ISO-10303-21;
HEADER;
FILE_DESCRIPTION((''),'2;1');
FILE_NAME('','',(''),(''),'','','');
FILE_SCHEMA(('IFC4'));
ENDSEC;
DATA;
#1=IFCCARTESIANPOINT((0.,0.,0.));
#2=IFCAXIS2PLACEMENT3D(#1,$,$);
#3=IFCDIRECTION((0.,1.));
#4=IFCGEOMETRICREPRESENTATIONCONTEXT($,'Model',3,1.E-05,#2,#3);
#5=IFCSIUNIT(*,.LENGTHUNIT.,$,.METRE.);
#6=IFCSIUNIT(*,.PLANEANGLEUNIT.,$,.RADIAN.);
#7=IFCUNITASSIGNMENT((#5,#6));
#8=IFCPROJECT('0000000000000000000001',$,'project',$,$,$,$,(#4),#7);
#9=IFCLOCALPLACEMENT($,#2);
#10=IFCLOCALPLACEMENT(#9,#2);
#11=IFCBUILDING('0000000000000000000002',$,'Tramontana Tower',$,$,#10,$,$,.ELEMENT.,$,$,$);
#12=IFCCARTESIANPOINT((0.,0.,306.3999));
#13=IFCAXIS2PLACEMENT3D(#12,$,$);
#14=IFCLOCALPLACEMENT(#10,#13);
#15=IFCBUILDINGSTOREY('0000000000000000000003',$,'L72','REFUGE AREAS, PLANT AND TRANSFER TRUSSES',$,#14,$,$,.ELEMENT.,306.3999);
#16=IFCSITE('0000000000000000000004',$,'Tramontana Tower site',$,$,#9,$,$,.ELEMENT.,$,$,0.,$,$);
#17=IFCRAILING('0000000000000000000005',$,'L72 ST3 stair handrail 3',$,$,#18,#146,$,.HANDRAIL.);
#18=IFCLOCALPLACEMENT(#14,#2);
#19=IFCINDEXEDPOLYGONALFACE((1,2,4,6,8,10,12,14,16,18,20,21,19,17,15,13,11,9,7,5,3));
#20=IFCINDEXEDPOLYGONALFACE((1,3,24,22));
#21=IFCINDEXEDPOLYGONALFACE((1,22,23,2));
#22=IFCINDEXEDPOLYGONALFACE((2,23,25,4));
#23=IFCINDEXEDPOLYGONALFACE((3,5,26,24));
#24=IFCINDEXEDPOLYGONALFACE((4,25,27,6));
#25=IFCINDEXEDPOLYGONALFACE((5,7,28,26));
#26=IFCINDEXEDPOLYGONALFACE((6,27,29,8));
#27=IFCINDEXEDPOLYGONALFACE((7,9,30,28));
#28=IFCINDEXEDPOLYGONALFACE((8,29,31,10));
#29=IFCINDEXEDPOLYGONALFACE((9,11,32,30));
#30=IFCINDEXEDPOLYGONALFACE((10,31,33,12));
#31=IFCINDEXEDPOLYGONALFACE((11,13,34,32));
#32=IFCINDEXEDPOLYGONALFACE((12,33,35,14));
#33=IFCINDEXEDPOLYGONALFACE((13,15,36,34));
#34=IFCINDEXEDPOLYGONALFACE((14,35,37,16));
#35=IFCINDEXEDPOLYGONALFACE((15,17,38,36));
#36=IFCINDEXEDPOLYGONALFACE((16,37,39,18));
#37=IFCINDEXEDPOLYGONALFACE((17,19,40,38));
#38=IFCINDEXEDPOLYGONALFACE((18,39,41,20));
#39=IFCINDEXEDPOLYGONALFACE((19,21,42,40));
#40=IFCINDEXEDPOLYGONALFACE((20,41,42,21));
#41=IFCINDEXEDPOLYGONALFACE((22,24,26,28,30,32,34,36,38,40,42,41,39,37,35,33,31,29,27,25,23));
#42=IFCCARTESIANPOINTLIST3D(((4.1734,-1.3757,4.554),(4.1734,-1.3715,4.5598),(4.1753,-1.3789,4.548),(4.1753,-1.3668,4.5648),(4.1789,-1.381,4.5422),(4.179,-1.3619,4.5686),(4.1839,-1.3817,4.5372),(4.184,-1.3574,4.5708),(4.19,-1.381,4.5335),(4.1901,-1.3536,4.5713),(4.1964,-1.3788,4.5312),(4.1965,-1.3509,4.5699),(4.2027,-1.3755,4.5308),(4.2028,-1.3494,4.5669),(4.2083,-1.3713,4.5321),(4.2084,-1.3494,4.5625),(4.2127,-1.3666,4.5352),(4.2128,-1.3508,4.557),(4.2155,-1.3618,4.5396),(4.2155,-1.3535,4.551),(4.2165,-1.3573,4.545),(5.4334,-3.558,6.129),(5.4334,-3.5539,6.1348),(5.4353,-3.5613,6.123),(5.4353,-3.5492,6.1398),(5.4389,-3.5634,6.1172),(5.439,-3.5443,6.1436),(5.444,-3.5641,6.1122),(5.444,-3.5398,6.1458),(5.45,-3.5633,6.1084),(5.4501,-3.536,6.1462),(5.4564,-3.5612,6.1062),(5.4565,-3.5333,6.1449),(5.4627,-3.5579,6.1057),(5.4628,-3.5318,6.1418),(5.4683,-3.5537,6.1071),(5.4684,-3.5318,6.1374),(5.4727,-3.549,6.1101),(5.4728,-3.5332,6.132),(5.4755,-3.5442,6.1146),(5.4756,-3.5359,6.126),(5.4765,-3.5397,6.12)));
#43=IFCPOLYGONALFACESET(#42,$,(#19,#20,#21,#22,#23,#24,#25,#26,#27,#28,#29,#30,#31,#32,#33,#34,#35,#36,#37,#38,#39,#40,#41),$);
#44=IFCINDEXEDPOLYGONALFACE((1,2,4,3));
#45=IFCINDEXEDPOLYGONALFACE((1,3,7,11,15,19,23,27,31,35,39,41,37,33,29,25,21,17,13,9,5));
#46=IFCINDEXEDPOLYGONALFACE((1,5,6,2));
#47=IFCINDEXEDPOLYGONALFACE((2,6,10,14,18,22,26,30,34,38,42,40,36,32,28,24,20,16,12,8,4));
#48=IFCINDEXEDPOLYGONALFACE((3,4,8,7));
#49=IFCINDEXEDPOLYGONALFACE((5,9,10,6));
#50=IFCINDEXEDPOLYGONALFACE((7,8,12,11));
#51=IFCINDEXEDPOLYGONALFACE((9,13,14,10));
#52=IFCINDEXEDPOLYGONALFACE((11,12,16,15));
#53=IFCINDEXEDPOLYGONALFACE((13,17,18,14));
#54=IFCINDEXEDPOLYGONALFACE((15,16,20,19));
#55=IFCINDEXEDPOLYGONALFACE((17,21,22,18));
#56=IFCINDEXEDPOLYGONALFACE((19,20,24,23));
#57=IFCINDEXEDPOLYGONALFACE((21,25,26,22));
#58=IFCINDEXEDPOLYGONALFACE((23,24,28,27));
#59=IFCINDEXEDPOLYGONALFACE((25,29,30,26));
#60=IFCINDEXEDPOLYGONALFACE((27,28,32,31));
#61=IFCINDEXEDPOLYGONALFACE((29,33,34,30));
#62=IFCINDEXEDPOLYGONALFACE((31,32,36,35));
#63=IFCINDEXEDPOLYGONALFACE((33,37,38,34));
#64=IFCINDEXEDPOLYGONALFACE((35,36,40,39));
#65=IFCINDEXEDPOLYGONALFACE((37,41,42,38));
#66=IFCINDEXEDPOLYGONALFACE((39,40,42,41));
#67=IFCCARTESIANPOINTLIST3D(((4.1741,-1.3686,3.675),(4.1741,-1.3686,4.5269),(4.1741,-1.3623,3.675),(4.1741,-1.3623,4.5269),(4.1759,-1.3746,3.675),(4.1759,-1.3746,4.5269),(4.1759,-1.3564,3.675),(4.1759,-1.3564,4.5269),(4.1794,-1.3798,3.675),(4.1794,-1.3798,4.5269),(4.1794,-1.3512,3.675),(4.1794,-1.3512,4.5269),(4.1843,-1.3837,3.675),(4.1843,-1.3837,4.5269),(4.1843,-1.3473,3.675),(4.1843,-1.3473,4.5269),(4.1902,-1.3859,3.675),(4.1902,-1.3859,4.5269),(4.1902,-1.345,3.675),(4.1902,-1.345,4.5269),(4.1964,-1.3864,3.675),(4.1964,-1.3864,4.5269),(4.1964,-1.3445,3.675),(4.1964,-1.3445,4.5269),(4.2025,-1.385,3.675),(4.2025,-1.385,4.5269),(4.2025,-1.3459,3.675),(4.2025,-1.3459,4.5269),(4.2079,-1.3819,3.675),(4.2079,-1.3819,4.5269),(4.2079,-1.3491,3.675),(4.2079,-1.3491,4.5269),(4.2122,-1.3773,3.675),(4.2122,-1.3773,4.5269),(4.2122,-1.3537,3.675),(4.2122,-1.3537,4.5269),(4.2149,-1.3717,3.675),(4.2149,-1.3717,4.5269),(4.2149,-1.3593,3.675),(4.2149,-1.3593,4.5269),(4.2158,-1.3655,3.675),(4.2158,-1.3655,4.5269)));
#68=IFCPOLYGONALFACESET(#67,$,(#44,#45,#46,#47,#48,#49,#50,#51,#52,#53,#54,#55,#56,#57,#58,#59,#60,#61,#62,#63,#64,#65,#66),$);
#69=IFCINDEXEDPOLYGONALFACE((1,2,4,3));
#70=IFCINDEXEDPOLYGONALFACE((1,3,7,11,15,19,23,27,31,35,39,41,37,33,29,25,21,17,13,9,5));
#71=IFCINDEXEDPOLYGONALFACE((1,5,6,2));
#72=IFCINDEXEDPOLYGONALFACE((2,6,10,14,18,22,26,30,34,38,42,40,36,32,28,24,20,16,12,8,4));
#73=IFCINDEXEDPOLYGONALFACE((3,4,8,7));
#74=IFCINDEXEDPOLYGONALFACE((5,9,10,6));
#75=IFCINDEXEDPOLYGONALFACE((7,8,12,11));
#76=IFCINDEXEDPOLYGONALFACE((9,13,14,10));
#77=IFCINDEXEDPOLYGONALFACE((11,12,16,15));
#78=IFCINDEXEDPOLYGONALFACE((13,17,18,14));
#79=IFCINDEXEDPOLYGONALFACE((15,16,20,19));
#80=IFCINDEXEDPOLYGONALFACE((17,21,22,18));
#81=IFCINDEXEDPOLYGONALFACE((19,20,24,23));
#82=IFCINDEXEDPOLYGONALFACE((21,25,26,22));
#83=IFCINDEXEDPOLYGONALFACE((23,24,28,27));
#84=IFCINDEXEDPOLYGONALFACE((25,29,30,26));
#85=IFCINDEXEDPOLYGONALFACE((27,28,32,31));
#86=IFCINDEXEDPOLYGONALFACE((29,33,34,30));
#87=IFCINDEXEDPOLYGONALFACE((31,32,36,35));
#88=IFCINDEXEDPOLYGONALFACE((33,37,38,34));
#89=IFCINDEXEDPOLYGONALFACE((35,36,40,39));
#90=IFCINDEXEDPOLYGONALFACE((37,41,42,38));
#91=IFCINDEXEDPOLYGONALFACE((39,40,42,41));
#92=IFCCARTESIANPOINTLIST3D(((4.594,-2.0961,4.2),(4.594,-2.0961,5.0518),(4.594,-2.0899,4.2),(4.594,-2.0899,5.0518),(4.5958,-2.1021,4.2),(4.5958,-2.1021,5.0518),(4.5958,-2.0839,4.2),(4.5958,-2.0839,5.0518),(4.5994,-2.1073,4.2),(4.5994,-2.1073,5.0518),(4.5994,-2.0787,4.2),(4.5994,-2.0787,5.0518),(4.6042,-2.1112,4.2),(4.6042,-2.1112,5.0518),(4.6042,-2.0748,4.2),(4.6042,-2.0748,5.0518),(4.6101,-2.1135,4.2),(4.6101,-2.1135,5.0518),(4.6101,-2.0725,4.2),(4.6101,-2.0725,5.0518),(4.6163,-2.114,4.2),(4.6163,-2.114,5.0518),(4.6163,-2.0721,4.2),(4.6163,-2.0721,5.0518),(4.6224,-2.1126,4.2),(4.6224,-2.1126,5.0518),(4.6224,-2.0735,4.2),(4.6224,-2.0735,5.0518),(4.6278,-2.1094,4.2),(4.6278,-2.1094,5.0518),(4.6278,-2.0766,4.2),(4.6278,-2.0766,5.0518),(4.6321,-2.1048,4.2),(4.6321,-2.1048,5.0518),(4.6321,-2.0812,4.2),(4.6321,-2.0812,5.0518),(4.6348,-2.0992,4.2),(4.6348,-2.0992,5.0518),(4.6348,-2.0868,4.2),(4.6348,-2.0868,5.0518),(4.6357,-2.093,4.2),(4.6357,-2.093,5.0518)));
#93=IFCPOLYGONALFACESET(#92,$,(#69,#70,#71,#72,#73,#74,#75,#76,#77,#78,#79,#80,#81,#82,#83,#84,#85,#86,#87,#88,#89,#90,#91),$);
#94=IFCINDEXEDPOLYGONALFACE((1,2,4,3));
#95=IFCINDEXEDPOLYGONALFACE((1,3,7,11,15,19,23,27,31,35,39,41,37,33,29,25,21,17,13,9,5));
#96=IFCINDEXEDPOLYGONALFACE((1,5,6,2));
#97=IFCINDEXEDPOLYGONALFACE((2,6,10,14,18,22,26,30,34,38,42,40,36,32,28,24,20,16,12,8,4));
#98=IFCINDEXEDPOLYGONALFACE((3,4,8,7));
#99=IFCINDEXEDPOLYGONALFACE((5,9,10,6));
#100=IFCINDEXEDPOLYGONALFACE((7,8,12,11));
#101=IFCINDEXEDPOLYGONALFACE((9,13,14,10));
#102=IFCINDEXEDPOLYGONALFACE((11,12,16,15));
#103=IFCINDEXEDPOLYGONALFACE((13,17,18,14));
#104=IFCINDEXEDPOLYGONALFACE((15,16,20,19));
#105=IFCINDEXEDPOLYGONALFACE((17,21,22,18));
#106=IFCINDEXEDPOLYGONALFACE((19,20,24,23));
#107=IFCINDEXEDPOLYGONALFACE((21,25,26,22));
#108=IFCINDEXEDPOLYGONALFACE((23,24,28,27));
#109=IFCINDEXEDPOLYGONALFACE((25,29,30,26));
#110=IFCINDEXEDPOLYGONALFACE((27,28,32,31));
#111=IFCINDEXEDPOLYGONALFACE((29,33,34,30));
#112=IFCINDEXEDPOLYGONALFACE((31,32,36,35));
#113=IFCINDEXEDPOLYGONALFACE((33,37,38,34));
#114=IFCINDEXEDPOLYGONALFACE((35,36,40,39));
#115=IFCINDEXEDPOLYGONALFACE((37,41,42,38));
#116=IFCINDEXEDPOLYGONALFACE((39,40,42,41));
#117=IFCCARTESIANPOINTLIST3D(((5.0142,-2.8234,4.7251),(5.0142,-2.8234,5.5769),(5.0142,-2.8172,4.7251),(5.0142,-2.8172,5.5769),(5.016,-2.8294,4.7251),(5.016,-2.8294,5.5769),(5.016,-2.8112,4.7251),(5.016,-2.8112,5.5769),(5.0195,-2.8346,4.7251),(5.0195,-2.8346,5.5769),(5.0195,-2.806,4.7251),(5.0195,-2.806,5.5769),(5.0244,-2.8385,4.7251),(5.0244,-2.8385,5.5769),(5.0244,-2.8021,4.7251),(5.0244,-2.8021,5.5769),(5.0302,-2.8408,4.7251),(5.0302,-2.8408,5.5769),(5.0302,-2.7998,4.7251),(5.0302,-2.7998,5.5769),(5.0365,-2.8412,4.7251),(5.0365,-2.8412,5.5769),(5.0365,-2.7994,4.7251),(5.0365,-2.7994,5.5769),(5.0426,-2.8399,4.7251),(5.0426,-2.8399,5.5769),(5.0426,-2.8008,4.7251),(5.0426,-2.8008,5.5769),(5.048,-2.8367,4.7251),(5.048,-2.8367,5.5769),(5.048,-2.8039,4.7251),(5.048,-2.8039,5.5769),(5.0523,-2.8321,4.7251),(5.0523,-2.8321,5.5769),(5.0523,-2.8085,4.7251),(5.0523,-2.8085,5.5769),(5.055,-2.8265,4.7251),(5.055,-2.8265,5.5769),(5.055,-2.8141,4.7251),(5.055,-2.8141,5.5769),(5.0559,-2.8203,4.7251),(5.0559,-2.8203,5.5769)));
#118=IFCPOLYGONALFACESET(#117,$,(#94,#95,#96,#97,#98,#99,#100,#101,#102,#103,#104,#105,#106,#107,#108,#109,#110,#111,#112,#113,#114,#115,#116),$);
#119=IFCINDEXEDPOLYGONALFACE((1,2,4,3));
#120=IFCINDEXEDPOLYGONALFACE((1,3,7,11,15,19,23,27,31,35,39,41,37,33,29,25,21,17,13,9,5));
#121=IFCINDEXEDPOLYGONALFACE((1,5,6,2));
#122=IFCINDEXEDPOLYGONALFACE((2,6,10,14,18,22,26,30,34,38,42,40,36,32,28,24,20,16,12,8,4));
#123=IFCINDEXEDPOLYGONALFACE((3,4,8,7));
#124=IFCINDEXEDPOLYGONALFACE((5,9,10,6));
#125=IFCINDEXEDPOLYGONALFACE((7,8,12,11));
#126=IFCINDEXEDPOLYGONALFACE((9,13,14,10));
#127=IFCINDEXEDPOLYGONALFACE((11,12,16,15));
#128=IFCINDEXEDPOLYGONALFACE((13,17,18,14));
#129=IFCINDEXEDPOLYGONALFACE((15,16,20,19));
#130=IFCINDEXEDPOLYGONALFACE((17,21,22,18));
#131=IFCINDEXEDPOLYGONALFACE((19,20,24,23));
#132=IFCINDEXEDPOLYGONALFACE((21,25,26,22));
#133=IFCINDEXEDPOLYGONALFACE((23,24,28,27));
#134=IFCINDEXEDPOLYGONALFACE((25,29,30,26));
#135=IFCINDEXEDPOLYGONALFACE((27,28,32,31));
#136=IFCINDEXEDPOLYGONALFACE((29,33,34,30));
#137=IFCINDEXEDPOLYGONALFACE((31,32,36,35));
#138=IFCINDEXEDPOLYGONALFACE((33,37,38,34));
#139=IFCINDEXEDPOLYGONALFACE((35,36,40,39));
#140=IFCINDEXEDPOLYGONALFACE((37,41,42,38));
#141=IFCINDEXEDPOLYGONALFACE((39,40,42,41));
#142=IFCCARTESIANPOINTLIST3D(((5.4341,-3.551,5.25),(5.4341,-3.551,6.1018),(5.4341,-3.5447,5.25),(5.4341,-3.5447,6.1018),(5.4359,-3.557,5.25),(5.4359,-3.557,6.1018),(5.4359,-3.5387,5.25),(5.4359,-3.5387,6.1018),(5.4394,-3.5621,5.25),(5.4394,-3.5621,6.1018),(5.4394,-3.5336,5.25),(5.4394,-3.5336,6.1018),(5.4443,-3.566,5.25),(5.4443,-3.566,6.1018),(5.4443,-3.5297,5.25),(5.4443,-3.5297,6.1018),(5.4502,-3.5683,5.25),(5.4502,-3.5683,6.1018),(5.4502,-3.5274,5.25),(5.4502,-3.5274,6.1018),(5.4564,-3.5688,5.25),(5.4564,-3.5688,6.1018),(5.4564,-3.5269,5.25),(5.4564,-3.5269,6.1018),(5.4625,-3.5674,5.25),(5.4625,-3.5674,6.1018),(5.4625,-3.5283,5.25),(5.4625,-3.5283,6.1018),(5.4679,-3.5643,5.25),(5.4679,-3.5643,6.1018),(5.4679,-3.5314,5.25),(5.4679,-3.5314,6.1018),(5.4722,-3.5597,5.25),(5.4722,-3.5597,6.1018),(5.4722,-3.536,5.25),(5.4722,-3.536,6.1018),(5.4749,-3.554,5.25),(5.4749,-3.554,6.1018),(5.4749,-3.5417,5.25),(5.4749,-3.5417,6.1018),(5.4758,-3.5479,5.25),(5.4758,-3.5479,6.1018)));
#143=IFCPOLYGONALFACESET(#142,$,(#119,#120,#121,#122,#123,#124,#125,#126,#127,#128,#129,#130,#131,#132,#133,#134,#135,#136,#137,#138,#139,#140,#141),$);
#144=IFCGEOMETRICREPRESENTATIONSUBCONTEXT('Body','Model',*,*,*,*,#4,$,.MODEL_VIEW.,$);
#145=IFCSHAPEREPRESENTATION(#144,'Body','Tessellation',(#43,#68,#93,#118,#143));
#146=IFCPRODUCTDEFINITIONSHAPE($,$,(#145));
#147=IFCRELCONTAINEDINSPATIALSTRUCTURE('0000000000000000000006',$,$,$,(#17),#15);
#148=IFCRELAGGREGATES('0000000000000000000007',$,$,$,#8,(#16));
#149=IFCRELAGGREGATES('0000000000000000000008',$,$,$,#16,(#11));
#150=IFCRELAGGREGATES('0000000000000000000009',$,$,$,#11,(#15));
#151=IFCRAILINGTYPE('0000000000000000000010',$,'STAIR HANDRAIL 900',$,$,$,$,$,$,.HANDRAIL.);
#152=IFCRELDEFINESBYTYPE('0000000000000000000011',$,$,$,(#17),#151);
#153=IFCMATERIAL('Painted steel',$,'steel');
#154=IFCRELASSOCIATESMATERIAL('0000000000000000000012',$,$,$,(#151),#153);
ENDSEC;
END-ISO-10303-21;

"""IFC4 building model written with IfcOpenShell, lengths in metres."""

from ifc_helpers import new_model, si_unit, direction, frame, origin, origin_2d, place, context, subcontext, project, spatial, circle, extrude, material, type_object, element, save


model = new_model("IFC4")

# Units and contexts
model_context = context("Model", 3, precision=1e-05, world=origin(), true_north=direction((0.0, 1.0)))
body_context = subcontext(model_context, "Body", "Model", "MODEL_VIEW")
ifc_project = project(units=[si_unit("LENGTHUNIT", "METRE"), si_unit("PLANEANGLEUNIT", "RADIAN")], contexts=[model_context])

# Site, building, storey
site_placement = place(None, origin())
site = spatial("IfcSite", under=ifc_project, at=site_placement, Name="Tramontana Tower site", CompositionType="ELEMENT", RefElevation=0.0)
building_placement = place(site_placement, origin())
building = spatial("IfcBuilding", under=site, at=building_placement, Name="Tramontana Tower", CompositionType="ELEMENT")
storey_placement = place(building_placement, frame((0.0, 0.0, 306.3999)))
storey = spatial("IfcBuildingStorey", under=building, at=storey_placement, Name="L72", Description="REFUGE AREAS, PLANT AND TRANSFER TRUSSES", CompositionType="ELEMENT", Elevation=306.3999)

# Railing
ifc_material_1 = material(Name="Painted steel", Category="steel")
railing_type_1 = type_object("IfcRailingType", Name="STAIR HANDRAIL 900", PredefinedType="HANDRAIL", material=ifc_material_1)
for number, where, name in (
    (1, (4.1948, -1.3655, 3.675), "L72 ST3 stair handrail 3"),
):
    element("IfcRailing", number, at=place(storey_placement, frame(where)), inside=storey, type_object=railing_type_1, Name=name, PredefinedType="HANDRAIL", context=body_context, shape_type="SweptSolid", body=[
        extrude(circle(Radius=0.0239, at=origin_2d()), frame((0.0, 0.0, 0.876), z_axis=(0.424007, -0.734392, 0.529988), x_axis=(0.866023, 0.500005, 0.0)), (0.0, 0.0, 1.0), 2.9717),
        extrude(circle(Radius=0.021, at=origin_2d()), origin(), (0.0, 0.0, 1.0), 0.8518),
        extrude(circle(Radius=0.021, at=origin_2d()), frame((0.4199, -0.7275, 0.5249)), (0.0, 0.0, 1.0), 0.8518),
        extrude(circle(Radius=0.021, at=origin_2d()), frame((0.8401, -1.4548, 1.05)), (0.0, 0.0, 1.0), 0.8518),
        extrude(circle(Radius=0.021, at=origin_2d()), frame((1.26, -2.1824, 1.575)), (0.0, 0.0, 1.0), 0.8518),
    ])

save(model, "model.ifc")
